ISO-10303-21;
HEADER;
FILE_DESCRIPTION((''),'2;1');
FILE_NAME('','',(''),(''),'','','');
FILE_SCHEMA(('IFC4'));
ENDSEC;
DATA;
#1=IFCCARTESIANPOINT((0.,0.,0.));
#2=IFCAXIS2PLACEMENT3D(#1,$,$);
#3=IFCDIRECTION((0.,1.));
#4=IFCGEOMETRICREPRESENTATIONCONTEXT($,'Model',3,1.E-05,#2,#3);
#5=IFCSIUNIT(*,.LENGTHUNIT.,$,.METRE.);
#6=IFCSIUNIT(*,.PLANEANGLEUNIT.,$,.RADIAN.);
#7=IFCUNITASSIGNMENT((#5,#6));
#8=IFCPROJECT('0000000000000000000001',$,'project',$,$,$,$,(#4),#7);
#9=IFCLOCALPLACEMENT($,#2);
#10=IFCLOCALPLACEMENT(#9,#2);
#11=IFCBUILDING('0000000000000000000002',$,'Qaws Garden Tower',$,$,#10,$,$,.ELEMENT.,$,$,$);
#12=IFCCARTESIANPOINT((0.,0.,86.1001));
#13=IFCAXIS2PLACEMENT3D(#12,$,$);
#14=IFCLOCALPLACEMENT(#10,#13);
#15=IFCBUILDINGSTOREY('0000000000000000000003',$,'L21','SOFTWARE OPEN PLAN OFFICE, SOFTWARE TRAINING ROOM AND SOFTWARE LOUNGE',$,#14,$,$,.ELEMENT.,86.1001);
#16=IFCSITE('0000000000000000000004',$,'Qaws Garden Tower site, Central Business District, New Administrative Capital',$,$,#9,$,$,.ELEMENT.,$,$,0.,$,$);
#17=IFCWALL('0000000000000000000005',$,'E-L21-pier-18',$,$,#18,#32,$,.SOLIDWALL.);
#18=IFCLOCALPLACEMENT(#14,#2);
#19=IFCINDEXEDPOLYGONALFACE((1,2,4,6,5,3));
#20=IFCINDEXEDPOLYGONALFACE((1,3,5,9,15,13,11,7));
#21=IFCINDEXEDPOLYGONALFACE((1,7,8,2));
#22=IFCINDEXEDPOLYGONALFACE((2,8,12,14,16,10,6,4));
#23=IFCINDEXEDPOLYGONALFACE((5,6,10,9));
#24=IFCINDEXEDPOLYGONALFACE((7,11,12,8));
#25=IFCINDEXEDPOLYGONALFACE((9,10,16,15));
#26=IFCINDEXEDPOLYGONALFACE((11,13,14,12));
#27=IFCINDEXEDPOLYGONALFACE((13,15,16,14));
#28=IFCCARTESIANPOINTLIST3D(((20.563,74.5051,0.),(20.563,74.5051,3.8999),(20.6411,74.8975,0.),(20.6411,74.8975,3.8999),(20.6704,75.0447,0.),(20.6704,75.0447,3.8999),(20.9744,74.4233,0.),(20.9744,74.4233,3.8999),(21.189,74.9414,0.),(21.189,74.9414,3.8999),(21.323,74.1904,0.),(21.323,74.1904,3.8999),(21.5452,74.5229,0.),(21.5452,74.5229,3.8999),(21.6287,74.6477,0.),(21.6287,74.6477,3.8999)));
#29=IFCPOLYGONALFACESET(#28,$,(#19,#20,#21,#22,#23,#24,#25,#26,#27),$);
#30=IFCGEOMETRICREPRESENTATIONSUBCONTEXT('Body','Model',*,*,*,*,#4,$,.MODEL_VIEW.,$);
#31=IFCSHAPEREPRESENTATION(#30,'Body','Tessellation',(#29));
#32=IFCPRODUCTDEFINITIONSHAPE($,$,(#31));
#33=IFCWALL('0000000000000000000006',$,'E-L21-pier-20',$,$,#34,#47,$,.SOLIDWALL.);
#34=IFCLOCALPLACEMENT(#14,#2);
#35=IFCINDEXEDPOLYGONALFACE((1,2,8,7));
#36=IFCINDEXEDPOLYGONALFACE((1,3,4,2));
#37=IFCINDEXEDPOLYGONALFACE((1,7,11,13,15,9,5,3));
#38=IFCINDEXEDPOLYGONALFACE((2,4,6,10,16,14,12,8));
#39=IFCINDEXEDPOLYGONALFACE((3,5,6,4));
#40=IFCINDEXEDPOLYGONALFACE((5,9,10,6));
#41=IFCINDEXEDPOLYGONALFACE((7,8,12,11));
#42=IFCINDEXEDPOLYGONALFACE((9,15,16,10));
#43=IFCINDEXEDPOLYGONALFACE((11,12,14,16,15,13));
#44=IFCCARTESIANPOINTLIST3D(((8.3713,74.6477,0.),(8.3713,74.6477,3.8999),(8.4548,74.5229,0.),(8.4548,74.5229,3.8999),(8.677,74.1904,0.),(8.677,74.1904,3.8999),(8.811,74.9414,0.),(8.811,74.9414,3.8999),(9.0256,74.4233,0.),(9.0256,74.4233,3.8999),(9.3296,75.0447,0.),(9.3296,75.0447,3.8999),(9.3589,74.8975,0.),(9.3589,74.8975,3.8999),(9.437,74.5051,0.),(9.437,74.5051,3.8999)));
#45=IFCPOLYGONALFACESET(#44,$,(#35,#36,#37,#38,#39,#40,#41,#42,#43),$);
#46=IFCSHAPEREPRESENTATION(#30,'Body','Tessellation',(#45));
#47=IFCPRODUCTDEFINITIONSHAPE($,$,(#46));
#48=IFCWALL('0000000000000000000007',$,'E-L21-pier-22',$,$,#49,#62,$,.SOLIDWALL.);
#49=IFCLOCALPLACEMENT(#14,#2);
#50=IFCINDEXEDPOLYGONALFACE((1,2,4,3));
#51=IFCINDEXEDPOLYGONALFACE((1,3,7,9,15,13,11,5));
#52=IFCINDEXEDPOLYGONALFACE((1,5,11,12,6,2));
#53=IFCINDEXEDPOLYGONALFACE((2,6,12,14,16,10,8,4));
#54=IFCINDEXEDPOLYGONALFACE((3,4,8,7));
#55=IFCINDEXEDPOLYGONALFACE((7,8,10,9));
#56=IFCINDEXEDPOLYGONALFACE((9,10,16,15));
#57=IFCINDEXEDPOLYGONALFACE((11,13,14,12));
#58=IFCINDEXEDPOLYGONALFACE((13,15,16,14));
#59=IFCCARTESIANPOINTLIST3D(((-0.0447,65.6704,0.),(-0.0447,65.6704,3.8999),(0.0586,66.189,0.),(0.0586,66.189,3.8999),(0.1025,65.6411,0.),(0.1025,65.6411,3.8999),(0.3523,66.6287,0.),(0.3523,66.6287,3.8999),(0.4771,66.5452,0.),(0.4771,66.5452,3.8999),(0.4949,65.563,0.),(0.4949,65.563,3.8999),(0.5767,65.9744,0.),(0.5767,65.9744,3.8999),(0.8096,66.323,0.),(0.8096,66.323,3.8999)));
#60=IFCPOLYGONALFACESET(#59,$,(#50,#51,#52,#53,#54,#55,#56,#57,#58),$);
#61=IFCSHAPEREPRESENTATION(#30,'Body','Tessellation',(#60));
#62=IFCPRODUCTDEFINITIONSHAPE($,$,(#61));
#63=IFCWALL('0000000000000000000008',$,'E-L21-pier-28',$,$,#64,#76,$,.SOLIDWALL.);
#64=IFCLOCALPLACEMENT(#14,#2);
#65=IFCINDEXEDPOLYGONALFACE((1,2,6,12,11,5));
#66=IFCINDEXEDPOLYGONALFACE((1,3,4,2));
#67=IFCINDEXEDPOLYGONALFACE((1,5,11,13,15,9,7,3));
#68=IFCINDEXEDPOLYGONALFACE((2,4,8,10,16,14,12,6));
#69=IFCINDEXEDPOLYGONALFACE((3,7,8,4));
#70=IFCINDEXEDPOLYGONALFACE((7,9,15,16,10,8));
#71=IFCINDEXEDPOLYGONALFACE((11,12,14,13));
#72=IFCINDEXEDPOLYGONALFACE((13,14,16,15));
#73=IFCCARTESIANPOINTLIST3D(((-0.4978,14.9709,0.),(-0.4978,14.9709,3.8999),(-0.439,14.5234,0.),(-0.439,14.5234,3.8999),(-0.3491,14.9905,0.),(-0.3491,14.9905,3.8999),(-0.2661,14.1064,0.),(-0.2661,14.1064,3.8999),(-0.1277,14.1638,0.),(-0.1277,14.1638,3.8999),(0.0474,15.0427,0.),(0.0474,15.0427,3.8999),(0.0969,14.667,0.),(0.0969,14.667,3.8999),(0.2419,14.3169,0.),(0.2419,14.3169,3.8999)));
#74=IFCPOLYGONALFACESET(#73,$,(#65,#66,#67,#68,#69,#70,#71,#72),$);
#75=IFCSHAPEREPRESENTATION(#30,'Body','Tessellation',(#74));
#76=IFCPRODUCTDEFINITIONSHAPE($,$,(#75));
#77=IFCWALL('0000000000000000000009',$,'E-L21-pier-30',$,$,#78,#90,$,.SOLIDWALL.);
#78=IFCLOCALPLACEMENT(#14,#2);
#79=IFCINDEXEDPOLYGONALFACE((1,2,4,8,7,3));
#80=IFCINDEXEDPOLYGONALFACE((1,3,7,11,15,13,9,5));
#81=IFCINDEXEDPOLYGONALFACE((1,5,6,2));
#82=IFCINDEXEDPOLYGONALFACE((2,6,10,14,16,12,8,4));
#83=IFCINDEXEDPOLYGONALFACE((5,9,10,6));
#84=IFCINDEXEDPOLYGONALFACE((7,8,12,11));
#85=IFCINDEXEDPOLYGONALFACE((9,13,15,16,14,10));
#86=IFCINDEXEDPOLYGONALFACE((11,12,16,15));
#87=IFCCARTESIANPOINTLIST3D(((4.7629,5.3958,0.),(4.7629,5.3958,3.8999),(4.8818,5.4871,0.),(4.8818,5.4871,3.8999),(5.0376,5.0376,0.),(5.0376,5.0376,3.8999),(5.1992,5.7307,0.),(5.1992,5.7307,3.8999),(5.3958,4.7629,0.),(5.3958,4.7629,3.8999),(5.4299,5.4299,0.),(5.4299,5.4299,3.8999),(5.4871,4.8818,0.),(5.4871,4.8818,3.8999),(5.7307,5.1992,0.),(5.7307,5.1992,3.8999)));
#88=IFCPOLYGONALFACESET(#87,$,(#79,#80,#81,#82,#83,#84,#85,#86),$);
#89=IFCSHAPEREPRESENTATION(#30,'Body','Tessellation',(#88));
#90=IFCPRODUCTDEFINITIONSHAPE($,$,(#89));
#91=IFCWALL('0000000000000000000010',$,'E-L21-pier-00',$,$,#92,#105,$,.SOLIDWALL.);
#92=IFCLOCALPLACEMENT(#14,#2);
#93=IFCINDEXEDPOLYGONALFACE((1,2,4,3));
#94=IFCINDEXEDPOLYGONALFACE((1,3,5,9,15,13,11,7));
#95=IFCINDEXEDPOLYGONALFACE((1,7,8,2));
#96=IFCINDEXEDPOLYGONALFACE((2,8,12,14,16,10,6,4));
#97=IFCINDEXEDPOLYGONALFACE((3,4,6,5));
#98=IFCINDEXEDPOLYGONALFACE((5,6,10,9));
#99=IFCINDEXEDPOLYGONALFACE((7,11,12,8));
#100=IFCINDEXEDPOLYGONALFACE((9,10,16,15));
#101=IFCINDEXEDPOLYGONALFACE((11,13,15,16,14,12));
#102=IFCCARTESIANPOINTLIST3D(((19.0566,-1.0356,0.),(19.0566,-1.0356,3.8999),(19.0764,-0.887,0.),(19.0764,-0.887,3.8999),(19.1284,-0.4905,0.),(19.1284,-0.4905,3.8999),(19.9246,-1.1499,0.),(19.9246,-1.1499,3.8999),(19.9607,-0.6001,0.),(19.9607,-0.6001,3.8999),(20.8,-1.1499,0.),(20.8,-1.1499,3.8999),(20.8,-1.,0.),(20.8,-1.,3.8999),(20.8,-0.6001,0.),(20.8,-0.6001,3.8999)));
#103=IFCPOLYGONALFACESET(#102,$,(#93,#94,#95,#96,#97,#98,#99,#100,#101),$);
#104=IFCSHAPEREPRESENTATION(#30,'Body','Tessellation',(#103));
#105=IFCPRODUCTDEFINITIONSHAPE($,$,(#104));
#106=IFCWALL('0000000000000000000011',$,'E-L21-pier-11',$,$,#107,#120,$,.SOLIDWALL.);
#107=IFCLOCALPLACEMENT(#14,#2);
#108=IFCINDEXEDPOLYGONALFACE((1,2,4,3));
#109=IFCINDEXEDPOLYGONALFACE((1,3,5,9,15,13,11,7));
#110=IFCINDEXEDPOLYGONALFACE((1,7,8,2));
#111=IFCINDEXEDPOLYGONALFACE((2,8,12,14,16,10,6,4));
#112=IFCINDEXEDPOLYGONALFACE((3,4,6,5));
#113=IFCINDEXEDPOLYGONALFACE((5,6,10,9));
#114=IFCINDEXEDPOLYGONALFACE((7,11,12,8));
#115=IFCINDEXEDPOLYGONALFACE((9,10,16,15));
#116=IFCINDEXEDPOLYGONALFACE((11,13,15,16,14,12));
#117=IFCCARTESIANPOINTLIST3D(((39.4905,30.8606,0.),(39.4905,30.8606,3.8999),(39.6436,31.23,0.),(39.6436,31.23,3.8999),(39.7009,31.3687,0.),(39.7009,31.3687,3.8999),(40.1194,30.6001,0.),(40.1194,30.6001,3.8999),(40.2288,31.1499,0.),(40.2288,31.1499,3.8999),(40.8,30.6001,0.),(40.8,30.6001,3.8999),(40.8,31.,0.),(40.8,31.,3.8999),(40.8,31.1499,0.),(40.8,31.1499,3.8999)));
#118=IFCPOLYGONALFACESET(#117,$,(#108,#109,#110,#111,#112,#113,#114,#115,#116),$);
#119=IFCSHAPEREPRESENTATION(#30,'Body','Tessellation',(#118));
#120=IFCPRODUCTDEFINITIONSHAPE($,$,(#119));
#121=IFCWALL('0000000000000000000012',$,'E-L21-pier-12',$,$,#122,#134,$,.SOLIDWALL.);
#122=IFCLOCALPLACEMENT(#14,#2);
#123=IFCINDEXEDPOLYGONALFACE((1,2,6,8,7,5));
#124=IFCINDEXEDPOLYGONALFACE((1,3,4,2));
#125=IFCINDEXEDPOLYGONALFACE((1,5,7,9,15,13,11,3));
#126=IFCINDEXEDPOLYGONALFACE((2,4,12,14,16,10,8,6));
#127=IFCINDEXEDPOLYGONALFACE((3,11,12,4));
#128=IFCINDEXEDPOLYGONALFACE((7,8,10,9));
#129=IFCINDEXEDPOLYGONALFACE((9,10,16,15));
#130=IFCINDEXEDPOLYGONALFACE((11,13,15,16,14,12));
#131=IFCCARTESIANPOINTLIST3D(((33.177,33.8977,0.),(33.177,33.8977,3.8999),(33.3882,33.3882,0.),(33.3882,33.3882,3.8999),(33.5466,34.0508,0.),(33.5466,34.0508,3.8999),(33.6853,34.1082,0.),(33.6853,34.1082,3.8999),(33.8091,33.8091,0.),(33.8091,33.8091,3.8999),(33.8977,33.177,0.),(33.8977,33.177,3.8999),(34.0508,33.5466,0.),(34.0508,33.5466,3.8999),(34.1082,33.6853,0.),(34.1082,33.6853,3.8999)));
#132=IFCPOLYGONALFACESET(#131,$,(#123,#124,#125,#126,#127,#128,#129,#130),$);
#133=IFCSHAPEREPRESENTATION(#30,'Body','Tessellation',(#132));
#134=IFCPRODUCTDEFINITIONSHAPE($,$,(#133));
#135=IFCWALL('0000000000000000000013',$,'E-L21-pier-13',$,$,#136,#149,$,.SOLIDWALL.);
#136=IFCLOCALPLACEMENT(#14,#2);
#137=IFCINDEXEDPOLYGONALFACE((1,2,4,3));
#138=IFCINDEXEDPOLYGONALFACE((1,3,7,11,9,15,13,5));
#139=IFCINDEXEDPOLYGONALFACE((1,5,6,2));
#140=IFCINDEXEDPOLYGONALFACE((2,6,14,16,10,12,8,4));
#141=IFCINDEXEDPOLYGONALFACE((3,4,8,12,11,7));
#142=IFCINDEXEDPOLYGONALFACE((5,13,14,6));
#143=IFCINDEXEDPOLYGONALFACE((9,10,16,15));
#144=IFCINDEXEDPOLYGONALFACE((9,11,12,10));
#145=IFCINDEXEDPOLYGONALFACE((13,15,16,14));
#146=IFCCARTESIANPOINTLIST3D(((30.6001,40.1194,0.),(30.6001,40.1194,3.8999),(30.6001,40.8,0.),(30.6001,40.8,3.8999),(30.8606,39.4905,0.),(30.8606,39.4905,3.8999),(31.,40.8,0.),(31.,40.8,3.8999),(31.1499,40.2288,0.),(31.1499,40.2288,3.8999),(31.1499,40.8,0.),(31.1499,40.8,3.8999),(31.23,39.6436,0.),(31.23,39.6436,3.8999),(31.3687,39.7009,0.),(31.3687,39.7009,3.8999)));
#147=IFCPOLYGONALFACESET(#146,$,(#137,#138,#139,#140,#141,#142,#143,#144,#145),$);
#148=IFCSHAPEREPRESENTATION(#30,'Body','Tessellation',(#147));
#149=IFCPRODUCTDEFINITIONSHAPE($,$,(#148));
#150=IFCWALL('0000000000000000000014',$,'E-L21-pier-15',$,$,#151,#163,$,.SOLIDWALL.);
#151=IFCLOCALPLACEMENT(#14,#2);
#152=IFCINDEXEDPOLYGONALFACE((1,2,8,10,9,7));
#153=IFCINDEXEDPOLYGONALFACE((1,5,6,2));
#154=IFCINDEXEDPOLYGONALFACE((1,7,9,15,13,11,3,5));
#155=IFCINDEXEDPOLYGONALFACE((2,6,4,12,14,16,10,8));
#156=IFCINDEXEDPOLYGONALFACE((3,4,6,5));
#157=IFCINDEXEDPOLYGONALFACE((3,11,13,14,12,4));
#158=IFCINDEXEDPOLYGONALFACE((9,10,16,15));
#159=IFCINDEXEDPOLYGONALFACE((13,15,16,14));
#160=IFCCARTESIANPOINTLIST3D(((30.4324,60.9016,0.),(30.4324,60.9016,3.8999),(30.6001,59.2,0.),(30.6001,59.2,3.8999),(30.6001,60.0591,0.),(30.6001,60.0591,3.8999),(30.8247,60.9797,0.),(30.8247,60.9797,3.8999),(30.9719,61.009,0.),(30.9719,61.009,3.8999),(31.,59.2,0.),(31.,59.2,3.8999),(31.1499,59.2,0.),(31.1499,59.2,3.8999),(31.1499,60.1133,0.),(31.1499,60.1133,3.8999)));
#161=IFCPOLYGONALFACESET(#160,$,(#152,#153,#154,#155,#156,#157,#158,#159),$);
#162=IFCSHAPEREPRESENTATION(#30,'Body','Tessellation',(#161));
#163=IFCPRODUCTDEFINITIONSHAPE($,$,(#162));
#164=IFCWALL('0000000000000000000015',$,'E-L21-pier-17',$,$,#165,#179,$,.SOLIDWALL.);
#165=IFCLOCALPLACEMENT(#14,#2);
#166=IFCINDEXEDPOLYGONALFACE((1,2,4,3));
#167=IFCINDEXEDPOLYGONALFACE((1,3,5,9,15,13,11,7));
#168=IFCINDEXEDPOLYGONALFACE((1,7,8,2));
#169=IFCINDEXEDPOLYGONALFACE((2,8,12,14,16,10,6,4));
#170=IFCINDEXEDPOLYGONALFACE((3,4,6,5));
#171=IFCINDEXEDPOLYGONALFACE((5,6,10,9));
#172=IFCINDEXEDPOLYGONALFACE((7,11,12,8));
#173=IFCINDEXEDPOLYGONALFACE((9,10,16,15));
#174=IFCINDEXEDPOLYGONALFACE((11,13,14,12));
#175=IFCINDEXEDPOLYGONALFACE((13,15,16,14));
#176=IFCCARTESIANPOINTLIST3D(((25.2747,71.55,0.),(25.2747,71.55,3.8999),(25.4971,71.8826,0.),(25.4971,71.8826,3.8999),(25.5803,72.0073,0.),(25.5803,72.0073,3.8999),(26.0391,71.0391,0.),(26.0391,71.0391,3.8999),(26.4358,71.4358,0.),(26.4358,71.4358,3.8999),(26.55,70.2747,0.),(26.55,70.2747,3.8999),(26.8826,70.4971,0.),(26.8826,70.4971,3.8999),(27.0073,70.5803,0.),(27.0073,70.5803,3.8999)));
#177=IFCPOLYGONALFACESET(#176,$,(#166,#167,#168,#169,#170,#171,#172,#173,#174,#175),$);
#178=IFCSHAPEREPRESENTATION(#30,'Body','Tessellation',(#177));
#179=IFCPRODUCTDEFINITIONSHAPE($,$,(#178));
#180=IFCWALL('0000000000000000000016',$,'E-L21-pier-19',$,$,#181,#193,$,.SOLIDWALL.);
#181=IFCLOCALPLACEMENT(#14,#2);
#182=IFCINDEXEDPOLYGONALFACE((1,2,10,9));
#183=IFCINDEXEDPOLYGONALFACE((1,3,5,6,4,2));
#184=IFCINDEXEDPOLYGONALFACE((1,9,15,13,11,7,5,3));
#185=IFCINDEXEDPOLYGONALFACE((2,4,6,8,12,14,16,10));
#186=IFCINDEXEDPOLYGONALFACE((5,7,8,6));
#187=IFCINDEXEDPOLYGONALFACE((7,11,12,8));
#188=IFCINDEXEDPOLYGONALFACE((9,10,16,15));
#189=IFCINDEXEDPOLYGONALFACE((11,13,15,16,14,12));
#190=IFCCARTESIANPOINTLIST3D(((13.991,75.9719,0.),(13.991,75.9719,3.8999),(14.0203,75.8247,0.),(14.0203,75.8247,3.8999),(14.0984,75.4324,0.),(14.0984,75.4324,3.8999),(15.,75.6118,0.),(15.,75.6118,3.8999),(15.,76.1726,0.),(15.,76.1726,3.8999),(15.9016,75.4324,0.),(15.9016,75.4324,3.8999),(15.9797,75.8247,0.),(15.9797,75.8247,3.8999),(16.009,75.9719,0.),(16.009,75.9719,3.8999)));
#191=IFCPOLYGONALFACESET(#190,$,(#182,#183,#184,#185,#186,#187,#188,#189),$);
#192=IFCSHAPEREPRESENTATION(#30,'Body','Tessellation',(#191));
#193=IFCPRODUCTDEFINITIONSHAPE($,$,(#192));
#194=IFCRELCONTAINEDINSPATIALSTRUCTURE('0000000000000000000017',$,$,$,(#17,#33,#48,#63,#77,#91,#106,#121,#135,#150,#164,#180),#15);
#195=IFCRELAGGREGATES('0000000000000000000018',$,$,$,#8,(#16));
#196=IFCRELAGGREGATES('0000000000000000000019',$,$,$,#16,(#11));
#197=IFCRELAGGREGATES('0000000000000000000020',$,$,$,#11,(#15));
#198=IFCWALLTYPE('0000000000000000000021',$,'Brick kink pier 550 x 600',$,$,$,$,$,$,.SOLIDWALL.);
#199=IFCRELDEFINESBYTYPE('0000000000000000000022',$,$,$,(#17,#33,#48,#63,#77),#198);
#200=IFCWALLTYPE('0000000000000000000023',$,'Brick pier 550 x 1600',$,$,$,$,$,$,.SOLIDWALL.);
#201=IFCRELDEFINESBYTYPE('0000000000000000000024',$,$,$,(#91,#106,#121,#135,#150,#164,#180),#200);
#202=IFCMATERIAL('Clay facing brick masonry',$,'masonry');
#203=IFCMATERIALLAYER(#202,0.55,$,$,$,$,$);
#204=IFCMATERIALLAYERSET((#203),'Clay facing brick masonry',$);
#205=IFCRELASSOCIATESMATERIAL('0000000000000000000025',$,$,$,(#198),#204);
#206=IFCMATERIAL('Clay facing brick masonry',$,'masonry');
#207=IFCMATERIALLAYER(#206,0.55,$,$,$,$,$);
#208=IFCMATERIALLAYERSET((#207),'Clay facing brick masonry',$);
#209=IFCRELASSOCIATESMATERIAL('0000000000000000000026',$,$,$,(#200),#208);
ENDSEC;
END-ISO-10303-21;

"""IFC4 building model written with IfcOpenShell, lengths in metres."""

from ifc_helpers import new_model, si_unit, direction, frame, origin, place, context, subcontext, project, spatial, polyline, outline, extrude, material, layer, layer_set, type_object, element, save


model = new_model("IFC4")

# Units and contexts
model_context = context("Model", 3, precision=1e-05, world=origin(), true_north=direction((0.0, 1.0)))
body_context = subcontext(model_context, "Body", "Model", "MODEL_VIEW")
ifc_project = project(units=[si_unit("LENGTHUNIT", "METRE"), si_unit("PLANEANGLEUNIT", "RADIAN")], contexts=[model_context])

# Site, building, storey
site_placement = place(None, origin())
site = spatial("IfcSite", under=ifc_project, at=site_placement, Name="Qaws Garden Tower site, Central Business District, New Administrative Capital", CompositionType="ELEMENT", RefElevation=0.0)
building_placement = place(site_placement, origin())
building = spatial("IfcBuilding", under=site, at=building_placement, Name="Qaws Garden Tower", CompositionType="ELEMENT")
storey_placement = place(building_placement, frame((0.0, 0.0, 86.1001)))
storey = spatial("IfcBuildingStorey", under=building, at=storey_placement, Name="L21", Description="SOFTWARE OPEN PLAN OFFICE, SOFTWARE TRAINING ROOM AND SOFTWARE LOUNGE", CompositionType="ELEMENT", Elevation=86.1001)

# Walls
placement = place(storey_placement, origin())
ifc_material_1 = material(Name="Clay facing brick masonry", Category="masonry")
ifc_layer_1 = layer(ifc_material_1, 0.55)
ifc_layer_set_1 = layer_set([ifc_layer_1], Name="Clay facing brick masonry")
wall_type_1 = type_object("IfcWallType", Name="Brick kink pier 550 x 600", PredefinedType="SOLIDWALL", material=ifc_layer_set_1)
element("IfcWall", 1, at=placement, inside=storey, type_object=wall_type_1, Name="E-L21-pier-18", PredefinedType="SOLIDWALL", context=body_context, shape_type="SweptSolid", body=[
    extrude(outline(polyline([(21.5452, 74.5229), (21.6287, 74.6477), (21.189, 74.9414), (20.6704, 75.0447), (20.6411, 74.8975), (20.563, 74.5051), (20.9744, 74.4233), (21.323, 74.1904), (21.5452, 74.5229)])), origin(), (0.0, 0.0, 1.0), 3.8999),
])
element("IfcWall", 2, at=placement, inside=storey, type_object=wall_type_1, Name="E-L21-pier-20", PredefinedType="SOLIDWALL", context=body_context, shape_type="SweptSolid", body=[
    extrude(outline(polyline([(9.3589, 74.8975), (9.3296, 75.0447), (8.811, 74.9414), (8.3713, 74.6477), (8.4548, 74.5229), (8.677, 74.1904), (9.0256, 74.4233), (9.437, 74.5051), (9.3589, 74.8975)])), origin(), (0.0, 0.0, 1.0), 3.8999),
])
element("IfcWall", 3, at=placement, inside=storey, type_object=wall_type_1, Name="E-L21-pier-22", PredefinedType="SOLIDWALL", context=body_context, shape_type="SweptSolid", body=[
    extrude(outline(polyline([(0.4771, 66.5452), (0.3523, 66.6287), (0.0586, 66.189), (-0.0447, 65.6704), (0.1025, 65.6411), (0.4949, 65.563), (0.5767, 65.9744), (0.8096, 66.323), (0.4771, 66.5452)])), origin(), (0.0, 0.0, 1.0), 3.8999),
])
element("IfcWall", 4, at=placement, inside=storey, type_object=wall_type_1, Name="E-L21-pier-28", PredefinedType="SOLIDWALL", context=body_context, shape_type="SweptSolid", body=[
    extrude(outline(polyline([(-0.3491, 14.9905), (-0.4978, 14.9709), (-0.439, 14.5234), (-0.2661, 14.1064), (-0.1277, 14.1638), (0.2419, 14.3169), (0.0969, 14.667), (0.0474, 15.0427), (-0.3491, 14.9905)])), origin(), (0.0, 0.0, 1.0), 3.8999),
])
element("IfcWall", 5, at=placement, inside=storey, type_object=wall_type_1, Name="E-L21-pier-30", PredefinedType="SOLIDWALL", context=body_context, shape_type="SweptSolid", body=[
    extrude(outline(polyline([(4.8818, 5.4871), (4.7629, 5.3958), (5.0376, 5.0376), (5.3958, 4.7629), (5.4871, 4.8818), (5.7307, 5.1992), (5.4299, 5.4299), (5.1992, 5.7307), (4.8818, 5.4871)])), origin(), (0.0, 0.0, 1.0), 3.8999),
])
ifc_material_2 = material(Name="Clay facing brick masonry", Category="masonry")
ifc_layer_2 = layer(ifc_material_2, 0.55)
ifc_layer_set_2 = layer_set([ifc_layer_2], Name="Clay facing brick masonry")
wall_type_2 = type_object("IfcWallType", Name="Brick pier 550 x 1600", PredefinedType="SOLIDWALL", material=ifc_layer_set_2)
element("IfcWall", 6, at=placement, inside=storey, type_object=wall_type_2, Name="E-L21-pier-00", PredefinedType="SOLIDWALL", context=body_context, shape_type="SweptSolid", body=[
    extrude(outline(polyline([(19.0764, -0.887), (19.0566, -1.0356), (19.9246, -1.1499), (20.8, -1.1499), (20.8, -1.0), (20.8, -0.6001), (19.9607, -0.6001), (19.1284, -0.4905), (19.0764, -0.887)])), origin(), (0.0, 0.0, 1.0), 3.8999),
])
element("IfcWall", 7, at=placement, inside=storey, type_object=wall_type_2, Name="E-L21-pier-11", PredefinedType="SOLIDWALL", context=body_context, shape_type="SweptSolid", body=[
    extrude(outline(polyline([(40.8, 31.0), (40.8, 31.1499), (40.2288, 31.1499), (39.7009, 31.3687), (39.6436, 31.23), (39.4905, 30.8606), (40.1194, 30.6001), (40.8, 30.6001), (40.8, 31.0)])), origin(), (0.0, 0.0, 1.0), 3.8999),
])
element("IfcWall", 8, at=placement, inside=storey, type_object=wall_type_2, Name="E-L21-pier-12", PredefinedType="SOLIDWALL", context=body_context, shape_type="SweptSolid", body=[
    extrude(outline(polyline([(34.0508, 33.5466), (34.1082, 33.6853), (33.8091, 33.8091), (33.6853, 34.1082), (33.5466, 34.0508), (33.177, 33.8977), (33.3882, 33.3882), (33.8977, 33.177), (34.0508, 33.5466)])), origin(), (0.0, 0.0, 1.0), 3.8999),
])
element("IfcWall", 9, at=placement, inside=storey, type_object=wall_type_2, Name="E-L21-pier-13", PredefinedType="SOLIDWALL", context=body_context, shape_type="SweptSolid", body=[
    extrude(outline(polyline([(31.23, 39.6436), (31.3687, 39.7009), (31.1499, 40.2288), (31.1499, 40.8), (31.0, 40.8), (30.6001, 40.8), (30.6001, 40.1194), (30.8606, 39.4905), (31.23, 39.6436)])), origin(), (0.0, 0.0, 1.0), 3.8999),
])
element("IfcWall", 10, at=placement, inside=storey, type_object=wall_type_2, Name="E-L21-pier-15", PredefinedType="SOLIDWALL", context=body_context, shape_type="SweptSolid", body=[
    extrude(outline(polyline([(31.0, 59.2), (31.1499, 59.2), (31.1499, 60.1133), (30.9719, 61.009), (30.8247, 60.9797), (30.4324, 60.9016), (30.6001, 60.0591), (30.6001, 59.2), (31.0, 59.2)])), origin(), (0.0, 0.0, 1.0), 3.8999),
])
element("IfcWall", 11, at=placement, inside=storey, type_object=wall_type_2, Name="E-L21-pier-17", PredefinedType="SOLIDWALL", context=body_context, shape_type="SweptSolid", body=[
    extrude(outline(polyline([(26.8826, 70.4971), (27.0073, 70.5803), (26.4358, 71.4358), (25.5803, 72.0073), (25.4971, 71.8826), (25.2747, 71.55), (26.0391, 71.0391), (26.55, 70.2747), (26.8826, 70.4971)])), origin(), (0.0, 0.0, 1.0), 3.8999),
])
element("IfcWall", 12, at=placement, inside=storey, type_object=wall_type_2, Name="E-L21-pier-19", PredefinedType="SOLIDWALL", context=body_context, shape_type="SweptSolid", body=[
    extrude(outline(polyline([(15.9797, 75.8247), (16.009, 75.9719), (15.0, 76.1726), (13.991, 75.9719), (14.0203, 75.8247), (14.0984, 75.4324), (15.0, 75.6118), (15.9016, 75.4324), (15.9797, 75.8247)])), origin(), (0.0, 0.0, 1.0), 3.8999),
])

save(model, "model.ifc")
